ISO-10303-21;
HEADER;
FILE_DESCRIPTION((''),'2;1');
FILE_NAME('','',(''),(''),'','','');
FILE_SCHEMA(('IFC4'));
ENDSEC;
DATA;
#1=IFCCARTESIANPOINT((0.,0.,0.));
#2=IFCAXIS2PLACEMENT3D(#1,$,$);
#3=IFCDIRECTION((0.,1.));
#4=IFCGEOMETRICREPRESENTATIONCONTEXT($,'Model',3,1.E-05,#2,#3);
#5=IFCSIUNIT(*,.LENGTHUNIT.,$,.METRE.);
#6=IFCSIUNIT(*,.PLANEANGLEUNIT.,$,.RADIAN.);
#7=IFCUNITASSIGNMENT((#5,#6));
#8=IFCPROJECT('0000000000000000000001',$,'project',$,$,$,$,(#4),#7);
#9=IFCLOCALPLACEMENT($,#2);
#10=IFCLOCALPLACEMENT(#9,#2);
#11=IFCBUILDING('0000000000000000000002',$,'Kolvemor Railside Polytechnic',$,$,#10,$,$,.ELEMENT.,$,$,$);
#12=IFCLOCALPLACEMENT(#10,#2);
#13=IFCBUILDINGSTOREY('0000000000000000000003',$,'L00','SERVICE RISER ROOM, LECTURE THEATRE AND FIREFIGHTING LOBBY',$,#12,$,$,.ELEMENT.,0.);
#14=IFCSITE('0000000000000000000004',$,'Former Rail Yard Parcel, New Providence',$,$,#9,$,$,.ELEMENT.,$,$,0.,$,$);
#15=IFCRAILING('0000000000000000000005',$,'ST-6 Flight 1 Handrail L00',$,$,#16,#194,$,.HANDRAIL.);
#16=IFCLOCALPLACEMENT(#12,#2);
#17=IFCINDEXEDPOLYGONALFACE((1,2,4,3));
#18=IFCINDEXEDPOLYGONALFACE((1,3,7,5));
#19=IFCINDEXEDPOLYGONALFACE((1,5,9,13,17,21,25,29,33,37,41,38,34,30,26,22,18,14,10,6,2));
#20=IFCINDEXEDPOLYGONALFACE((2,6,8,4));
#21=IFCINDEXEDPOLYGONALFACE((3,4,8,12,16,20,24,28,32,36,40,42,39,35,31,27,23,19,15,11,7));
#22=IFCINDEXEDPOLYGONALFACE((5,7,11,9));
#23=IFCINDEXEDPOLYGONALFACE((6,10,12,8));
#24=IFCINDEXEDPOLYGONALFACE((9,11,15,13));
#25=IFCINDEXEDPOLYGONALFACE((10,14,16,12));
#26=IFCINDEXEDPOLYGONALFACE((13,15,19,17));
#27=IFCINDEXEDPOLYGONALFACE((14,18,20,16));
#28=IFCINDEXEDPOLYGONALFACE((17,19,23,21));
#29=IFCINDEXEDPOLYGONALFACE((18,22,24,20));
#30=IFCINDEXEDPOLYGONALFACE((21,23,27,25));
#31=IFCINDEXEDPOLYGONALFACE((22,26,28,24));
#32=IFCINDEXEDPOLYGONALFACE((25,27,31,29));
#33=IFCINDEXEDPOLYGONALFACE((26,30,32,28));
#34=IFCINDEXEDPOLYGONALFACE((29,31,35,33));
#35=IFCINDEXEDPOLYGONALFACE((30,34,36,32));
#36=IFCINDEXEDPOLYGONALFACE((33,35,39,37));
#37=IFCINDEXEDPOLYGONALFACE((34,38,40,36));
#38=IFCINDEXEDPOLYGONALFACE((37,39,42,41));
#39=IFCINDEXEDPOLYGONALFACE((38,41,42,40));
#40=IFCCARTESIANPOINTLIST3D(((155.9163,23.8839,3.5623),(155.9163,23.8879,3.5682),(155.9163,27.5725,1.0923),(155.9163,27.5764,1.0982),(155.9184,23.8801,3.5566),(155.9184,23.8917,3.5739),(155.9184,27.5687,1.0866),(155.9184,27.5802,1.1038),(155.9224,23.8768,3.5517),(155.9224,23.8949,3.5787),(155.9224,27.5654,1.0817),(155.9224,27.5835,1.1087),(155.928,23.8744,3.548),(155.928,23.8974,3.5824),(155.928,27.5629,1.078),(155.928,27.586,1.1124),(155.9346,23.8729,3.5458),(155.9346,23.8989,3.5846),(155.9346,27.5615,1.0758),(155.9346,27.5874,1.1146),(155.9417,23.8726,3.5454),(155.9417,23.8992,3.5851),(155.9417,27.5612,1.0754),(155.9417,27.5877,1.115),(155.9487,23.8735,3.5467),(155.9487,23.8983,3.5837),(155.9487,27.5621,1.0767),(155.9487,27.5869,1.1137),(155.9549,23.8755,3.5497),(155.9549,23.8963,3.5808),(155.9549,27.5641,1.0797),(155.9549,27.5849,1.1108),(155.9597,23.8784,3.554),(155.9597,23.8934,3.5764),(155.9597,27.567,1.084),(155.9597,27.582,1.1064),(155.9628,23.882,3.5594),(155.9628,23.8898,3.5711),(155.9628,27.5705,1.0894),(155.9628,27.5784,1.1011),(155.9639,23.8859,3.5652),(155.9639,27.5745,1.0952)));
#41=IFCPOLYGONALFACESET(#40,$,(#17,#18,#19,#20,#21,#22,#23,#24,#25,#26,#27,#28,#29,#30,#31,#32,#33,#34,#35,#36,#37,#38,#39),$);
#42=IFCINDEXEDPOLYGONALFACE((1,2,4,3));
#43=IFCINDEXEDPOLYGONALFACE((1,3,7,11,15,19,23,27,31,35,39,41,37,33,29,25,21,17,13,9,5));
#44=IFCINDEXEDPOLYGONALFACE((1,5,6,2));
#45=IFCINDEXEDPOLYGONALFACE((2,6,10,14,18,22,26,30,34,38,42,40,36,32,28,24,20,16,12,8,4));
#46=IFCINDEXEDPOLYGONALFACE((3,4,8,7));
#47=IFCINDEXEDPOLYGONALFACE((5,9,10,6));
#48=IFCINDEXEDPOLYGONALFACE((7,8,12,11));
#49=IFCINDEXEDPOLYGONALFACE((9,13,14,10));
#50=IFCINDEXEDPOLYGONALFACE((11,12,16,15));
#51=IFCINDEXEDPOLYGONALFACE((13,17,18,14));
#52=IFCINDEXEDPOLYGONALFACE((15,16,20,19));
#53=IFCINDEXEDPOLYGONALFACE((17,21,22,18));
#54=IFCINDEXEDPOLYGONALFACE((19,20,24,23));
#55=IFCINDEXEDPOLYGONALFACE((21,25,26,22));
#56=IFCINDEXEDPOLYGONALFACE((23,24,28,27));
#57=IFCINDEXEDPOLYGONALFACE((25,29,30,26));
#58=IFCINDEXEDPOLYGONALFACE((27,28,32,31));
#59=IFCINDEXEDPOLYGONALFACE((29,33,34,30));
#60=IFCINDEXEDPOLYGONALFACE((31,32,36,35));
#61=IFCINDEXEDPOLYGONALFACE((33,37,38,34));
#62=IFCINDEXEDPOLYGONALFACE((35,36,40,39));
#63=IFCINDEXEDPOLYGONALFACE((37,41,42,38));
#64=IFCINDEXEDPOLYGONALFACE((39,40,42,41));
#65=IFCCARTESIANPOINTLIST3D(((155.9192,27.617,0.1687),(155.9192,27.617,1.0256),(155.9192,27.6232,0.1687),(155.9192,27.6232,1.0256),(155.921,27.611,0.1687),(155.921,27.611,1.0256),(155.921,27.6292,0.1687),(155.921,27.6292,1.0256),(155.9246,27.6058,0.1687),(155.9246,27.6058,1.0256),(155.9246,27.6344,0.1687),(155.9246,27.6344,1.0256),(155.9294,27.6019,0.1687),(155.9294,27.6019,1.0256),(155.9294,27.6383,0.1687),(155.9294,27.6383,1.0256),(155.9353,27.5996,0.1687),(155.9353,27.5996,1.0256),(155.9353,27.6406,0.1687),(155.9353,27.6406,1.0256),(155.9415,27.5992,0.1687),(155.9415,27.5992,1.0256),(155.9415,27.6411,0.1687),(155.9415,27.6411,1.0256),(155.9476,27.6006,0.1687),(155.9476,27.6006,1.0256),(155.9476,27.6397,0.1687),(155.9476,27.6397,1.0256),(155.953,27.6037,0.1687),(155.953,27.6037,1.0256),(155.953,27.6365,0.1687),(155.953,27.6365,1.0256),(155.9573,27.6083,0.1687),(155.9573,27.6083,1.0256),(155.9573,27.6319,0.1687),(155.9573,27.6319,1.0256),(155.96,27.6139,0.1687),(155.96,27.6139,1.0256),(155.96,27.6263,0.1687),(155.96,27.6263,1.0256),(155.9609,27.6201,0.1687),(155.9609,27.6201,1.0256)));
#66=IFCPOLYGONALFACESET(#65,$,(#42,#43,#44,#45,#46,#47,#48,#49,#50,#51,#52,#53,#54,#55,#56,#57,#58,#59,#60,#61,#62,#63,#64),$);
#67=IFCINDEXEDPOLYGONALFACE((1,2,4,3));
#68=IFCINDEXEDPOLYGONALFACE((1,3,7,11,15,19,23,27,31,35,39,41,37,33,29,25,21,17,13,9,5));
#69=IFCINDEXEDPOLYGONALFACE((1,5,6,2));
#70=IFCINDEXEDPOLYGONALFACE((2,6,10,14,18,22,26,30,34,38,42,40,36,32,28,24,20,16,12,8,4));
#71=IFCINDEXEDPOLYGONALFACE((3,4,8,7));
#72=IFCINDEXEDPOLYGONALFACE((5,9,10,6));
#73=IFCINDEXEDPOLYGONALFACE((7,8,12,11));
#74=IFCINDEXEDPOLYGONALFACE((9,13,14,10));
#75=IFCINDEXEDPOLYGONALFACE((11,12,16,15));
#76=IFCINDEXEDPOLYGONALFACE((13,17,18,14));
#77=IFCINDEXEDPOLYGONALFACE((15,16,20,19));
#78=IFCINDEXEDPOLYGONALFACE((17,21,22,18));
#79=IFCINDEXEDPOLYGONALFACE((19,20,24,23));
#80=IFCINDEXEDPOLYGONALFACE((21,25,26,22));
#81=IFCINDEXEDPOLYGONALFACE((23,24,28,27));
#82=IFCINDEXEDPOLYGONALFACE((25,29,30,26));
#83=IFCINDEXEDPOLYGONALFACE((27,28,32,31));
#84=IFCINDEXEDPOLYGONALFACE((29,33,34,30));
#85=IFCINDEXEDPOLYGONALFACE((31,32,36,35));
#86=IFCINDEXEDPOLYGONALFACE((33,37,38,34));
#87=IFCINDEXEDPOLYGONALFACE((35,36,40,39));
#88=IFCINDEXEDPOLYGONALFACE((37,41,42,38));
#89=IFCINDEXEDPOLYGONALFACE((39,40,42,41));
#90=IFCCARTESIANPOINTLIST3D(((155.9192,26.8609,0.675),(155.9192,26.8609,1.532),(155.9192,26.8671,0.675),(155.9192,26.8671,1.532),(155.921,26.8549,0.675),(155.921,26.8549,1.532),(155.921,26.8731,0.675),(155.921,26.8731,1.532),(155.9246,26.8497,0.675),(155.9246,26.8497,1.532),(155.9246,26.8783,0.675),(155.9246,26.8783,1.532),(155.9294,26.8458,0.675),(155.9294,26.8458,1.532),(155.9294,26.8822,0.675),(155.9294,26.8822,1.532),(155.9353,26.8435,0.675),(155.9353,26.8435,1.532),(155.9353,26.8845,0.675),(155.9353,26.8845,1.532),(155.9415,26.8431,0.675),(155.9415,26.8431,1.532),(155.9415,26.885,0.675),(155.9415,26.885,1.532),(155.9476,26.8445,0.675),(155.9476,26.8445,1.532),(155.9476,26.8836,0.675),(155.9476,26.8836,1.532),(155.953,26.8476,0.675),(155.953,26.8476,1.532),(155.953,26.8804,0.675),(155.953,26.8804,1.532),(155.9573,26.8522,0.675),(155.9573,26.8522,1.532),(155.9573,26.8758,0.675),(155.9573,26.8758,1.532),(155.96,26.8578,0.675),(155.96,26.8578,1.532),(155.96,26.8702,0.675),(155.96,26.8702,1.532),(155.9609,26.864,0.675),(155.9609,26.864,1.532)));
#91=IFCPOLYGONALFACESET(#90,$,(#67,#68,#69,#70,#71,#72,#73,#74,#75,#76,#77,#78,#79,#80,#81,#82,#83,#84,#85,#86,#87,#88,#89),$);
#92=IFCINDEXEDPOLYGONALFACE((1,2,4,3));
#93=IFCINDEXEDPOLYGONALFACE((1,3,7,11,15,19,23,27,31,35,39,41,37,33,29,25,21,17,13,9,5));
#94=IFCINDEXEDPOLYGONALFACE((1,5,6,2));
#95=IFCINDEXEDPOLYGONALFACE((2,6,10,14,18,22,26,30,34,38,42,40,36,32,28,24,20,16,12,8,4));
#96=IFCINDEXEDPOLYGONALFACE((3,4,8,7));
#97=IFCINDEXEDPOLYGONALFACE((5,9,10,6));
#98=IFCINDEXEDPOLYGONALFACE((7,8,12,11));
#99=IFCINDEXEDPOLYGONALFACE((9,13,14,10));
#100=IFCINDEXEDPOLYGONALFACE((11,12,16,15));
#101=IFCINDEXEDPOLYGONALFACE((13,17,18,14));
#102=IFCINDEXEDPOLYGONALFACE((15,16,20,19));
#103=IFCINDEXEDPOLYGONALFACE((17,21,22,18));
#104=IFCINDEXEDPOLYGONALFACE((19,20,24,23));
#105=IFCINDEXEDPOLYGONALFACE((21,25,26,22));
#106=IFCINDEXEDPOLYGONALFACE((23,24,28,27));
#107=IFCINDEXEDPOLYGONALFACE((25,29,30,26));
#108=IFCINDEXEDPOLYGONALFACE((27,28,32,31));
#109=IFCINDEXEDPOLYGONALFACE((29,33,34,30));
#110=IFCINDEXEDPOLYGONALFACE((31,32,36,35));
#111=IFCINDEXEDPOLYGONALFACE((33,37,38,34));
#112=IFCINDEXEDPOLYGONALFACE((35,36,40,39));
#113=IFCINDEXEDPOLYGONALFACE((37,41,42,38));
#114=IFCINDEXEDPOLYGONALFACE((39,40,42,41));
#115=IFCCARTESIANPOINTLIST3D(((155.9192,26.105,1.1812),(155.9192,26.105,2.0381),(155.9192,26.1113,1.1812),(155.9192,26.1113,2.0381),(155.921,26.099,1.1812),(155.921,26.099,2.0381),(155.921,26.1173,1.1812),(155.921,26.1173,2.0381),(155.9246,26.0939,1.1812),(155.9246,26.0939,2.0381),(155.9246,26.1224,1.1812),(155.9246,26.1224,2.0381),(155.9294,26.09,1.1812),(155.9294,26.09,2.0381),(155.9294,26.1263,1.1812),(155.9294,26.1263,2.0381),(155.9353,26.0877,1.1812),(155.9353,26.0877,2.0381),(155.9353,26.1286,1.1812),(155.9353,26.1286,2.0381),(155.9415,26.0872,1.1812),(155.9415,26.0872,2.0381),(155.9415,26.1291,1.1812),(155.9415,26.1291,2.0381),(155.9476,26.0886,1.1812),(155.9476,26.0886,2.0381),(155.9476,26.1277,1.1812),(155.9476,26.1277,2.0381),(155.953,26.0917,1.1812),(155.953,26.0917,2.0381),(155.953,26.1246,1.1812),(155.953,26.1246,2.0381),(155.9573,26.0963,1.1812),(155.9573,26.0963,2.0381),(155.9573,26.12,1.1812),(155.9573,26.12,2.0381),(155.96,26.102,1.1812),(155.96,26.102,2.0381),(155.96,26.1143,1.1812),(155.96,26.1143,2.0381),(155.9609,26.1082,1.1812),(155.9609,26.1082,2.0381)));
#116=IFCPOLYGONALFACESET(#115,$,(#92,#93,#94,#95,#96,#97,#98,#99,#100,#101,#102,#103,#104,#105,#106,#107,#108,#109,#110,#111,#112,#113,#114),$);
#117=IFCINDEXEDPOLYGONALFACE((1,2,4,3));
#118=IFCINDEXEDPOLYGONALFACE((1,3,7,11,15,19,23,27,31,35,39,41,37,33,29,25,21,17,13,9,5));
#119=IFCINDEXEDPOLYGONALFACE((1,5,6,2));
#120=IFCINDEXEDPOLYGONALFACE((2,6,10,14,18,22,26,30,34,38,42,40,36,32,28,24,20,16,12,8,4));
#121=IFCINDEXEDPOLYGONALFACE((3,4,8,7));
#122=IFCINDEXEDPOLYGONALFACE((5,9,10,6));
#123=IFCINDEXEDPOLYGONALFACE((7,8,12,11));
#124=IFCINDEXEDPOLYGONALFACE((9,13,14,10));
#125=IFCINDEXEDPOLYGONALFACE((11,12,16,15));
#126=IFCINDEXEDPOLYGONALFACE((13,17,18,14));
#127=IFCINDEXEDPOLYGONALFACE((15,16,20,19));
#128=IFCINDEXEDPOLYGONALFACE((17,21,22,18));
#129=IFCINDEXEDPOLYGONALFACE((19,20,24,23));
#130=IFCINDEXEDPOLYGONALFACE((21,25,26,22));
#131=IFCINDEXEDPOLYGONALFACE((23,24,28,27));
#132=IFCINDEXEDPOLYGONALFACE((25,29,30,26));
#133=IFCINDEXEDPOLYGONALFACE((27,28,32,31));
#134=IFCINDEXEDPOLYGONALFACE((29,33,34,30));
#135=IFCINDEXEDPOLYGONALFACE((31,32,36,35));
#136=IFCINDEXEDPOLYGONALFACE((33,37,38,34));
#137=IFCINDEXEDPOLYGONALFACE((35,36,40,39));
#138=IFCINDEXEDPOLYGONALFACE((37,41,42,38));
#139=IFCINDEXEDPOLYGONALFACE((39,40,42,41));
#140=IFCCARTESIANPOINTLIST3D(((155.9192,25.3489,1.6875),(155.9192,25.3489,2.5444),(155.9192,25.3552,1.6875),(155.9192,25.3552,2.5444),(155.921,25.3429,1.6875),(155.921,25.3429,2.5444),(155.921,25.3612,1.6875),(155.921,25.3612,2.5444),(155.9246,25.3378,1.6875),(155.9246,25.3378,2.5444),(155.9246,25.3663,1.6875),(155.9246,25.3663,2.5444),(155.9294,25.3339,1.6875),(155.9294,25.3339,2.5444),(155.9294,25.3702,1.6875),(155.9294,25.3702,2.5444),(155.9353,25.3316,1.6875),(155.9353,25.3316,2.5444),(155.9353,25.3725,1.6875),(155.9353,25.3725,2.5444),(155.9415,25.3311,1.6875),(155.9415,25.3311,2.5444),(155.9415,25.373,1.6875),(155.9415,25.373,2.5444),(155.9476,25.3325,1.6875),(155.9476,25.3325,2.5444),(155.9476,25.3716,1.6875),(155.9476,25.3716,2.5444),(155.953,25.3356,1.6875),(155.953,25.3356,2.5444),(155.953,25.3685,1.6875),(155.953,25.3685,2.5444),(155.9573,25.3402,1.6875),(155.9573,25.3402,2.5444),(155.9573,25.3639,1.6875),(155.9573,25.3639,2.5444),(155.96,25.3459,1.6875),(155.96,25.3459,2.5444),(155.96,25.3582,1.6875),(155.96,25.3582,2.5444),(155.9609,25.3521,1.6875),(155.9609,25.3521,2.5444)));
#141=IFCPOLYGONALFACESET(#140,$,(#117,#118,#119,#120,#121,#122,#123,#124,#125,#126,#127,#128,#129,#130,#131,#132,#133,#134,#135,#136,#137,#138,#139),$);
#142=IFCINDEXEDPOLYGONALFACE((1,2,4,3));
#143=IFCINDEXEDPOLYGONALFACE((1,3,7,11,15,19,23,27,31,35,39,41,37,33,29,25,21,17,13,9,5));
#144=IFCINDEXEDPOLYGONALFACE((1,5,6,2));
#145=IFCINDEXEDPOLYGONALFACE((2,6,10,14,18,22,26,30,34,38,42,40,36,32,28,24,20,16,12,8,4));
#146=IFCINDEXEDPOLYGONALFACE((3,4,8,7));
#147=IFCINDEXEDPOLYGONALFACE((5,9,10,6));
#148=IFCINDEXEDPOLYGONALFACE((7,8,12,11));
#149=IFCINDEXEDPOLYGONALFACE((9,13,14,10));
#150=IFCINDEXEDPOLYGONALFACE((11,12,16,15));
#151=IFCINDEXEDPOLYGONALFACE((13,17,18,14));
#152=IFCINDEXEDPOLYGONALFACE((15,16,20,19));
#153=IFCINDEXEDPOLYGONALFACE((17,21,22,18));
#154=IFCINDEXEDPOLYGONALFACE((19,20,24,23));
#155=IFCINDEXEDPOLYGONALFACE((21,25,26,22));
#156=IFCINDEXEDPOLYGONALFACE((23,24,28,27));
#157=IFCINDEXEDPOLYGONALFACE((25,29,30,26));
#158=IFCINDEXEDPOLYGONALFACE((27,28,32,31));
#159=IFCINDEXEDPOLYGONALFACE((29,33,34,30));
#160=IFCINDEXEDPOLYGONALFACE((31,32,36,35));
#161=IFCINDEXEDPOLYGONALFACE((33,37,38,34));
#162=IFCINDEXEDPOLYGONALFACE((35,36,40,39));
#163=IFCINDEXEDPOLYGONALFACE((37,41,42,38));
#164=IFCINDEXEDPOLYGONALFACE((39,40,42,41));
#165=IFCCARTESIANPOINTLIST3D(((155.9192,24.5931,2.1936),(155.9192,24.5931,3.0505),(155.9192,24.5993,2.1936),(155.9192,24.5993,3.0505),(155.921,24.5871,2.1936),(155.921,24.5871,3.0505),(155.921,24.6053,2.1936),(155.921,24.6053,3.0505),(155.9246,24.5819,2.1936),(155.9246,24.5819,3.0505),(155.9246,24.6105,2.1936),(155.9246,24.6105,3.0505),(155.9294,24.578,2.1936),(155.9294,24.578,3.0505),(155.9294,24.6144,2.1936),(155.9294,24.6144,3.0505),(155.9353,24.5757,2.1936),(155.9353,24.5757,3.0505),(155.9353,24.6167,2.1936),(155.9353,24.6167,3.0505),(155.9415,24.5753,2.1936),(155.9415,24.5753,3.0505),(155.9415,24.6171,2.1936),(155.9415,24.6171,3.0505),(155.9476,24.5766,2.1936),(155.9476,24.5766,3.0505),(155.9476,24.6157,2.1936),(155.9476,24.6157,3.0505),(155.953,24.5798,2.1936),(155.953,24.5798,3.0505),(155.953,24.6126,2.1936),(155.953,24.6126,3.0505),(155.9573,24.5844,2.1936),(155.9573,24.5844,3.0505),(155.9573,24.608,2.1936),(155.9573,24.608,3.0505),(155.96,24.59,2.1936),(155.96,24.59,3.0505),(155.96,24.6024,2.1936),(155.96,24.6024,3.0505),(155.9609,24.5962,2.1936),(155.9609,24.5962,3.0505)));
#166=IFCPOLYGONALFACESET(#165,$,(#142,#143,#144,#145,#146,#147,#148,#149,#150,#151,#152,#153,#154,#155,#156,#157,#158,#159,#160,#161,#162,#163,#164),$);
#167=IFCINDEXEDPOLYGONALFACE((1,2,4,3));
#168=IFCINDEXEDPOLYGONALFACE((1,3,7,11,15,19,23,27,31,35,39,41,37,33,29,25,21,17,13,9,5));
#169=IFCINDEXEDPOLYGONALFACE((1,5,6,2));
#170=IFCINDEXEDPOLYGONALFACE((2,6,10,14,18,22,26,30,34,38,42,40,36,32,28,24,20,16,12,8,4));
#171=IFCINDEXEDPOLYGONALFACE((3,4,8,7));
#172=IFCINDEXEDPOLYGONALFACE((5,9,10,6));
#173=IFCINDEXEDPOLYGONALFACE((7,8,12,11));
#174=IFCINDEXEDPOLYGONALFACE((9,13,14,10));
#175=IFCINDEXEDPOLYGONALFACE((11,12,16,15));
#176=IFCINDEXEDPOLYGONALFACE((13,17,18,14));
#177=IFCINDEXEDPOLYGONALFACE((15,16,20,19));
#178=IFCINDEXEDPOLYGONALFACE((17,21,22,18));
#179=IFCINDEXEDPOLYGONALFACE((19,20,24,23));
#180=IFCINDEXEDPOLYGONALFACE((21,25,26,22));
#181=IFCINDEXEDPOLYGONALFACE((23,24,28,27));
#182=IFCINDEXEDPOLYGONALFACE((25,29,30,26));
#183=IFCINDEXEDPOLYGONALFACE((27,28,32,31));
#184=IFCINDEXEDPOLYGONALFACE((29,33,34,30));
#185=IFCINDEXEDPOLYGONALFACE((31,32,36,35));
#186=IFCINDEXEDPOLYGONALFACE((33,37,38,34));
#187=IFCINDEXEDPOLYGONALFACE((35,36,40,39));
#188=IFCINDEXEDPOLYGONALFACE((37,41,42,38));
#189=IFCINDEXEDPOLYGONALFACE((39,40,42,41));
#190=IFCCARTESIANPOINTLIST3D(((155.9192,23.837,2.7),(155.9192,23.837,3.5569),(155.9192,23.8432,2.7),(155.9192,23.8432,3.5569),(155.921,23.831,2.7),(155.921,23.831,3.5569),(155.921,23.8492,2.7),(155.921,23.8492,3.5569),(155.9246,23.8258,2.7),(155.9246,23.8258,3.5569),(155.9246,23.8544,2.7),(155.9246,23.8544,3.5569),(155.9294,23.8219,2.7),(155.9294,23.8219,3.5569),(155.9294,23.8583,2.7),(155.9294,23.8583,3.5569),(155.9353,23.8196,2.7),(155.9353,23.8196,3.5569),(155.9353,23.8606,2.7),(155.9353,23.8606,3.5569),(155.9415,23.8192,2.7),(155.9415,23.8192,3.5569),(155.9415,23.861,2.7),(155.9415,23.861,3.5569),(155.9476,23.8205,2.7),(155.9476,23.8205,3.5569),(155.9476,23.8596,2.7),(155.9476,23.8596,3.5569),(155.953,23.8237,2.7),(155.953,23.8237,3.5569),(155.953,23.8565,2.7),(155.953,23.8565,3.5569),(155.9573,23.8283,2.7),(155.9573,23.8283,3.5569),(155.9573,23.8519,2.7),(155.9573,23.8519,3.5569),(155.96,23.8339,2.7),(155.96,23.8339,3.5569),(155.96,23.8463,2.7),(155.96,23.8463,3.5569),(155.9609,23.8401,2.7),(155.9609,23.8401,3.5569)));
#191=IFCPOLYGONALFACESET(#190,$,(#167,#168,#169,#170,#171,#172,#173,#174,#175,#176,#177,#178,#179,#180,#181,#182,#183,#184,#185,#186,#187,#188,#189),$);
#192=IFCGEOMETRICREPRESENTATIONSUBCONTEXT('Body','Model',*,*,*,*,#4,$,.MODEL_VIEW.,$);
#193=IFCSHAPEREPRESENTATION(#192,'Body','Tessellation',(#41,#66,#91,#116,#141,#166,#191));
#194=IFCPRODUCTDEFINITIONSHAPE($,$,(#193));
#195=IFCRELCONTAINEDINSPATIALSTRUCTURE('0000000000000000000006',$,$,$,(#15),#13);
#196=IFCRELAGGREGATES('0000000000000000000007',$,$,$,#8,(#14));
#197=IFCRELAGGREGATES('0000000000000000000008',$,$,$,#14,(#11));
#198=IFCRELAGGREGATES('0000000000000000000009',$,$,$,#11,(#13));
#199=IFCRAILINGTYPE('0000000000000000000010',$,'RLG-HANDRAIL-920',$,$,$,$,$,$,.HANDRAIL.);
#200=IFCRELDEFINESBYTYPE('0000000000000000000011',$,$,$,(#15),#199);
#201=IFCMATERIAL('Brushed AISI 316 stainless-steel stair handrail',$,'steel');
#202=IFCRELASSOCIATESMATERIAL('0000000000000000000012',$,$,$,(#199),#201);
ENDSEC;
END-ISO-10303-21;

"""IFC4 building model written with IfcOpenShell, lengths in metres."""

from ifc_helpers import new_model, si_unit, direction, frame, origin, origin_2d, place, context, subcontext, project, spatial, circle, extrude, material, type_object, element, save


model = new_model("IFC4")

# Units and contexts
model_context = context("Model", 3, precision=1e-05, world=origin(), true_north=direction((0.0, 1.0)))
body_context = subcontext(model_context, "Body", "Model", "MODEL_VIEW")
ifc_project = project(units=[si_unit("LENGTHUNIT", "METRE"), si_unit("PLANEANGLEUNIT", "RADIAN")], contexts=[model_context])

# Site, building, storey
site_placement = place(None, origin())
site = spatial("IfcSite", under=ifc_project, at=site_placement, Name="Former Rail Yard Parcel, New Providence", CompositionType="ELEMENT", RefElevation=0.0)
building_placement = place(site_placement, origin())
building = spatial("IfcBuilding", under=site, at=building_placement, Name="Kolvemor Railside Polytechnic", CompositionType="ELEMENT")
storey_placement = place(building_placement, origin())
storey = spatial("IfcBuildingStorey", under=building, at=storey_placement, Name="L00", Description="SERVICE RISER ROOM, LECTURE THEATRE AND FIREFIGHTING LOBBY", CompositionType="ELEMENT", Elevation=0.0)

# Railing
ifc_material_1 = material(Name="Brushed AISI 316 stainless-steel stair handrail", Category="steel")
railing_type = type_object("IfcRailingType", Name="RLG-HANDRAIL-920", PredefinedType="HANDRAIL", material=ifc_material_1)
railing_placement = place(storey_placement, frame((155.9399, 27.6201, 0.1687)))
element("IfcRailing", 1, at=railing_placement, inside=storey, type_object=railing_type, Name="ST-6 Flight 1 Handrail L00", PredefinedType="HANDRAIL", context=body_context, shape_type="SweptSolid", body=[
    extrude(circle(Radius=0.0239, at=origin_2d()), frame((0.0, -0.0457, 0.9265), z_axis=(0.0, -0.830909, 0.556408), x_axis=(1.0, 0.0, 0.0)), (0.0, 0.0, 1.0), 4.4392),
    extrude(circle(Radius=0.021, at=origin_2d()), origin(), (0.0, 0.0, 1.0), 0.8569),
    extrude(circle(Radius=0.021, at=origin_2d()), frame((0.0, -0.7561, 0.5063)), (0.0, 0.0, 1.0), 0.8569),
    extrude(circle(Radius=0.021, at=origin_2d()), frame((0.0, -1.512, 1.0125)), (0.0, 0.0, 1.0), 0.8569),
    extrude(circle(Radius=0.021, at=origin_2d()), frame((0.0, -2.2681, 1.5188)), (0.0, 0.0, 1.0), 0.8569),
    extrude(circle(Radius=0.021, at=origin_2d()), frame((0.0, -3.0239, 2.0249)), (0.0, 0.0, 1.0), 0.8569),
    extrude(circle(Radius=0.021, at=origin_2d()), frame((0.0, -3.78, 2.5312)), (0.0, 0.0, 1.0), 0.8569),
])

save(model, "model.ifc")
